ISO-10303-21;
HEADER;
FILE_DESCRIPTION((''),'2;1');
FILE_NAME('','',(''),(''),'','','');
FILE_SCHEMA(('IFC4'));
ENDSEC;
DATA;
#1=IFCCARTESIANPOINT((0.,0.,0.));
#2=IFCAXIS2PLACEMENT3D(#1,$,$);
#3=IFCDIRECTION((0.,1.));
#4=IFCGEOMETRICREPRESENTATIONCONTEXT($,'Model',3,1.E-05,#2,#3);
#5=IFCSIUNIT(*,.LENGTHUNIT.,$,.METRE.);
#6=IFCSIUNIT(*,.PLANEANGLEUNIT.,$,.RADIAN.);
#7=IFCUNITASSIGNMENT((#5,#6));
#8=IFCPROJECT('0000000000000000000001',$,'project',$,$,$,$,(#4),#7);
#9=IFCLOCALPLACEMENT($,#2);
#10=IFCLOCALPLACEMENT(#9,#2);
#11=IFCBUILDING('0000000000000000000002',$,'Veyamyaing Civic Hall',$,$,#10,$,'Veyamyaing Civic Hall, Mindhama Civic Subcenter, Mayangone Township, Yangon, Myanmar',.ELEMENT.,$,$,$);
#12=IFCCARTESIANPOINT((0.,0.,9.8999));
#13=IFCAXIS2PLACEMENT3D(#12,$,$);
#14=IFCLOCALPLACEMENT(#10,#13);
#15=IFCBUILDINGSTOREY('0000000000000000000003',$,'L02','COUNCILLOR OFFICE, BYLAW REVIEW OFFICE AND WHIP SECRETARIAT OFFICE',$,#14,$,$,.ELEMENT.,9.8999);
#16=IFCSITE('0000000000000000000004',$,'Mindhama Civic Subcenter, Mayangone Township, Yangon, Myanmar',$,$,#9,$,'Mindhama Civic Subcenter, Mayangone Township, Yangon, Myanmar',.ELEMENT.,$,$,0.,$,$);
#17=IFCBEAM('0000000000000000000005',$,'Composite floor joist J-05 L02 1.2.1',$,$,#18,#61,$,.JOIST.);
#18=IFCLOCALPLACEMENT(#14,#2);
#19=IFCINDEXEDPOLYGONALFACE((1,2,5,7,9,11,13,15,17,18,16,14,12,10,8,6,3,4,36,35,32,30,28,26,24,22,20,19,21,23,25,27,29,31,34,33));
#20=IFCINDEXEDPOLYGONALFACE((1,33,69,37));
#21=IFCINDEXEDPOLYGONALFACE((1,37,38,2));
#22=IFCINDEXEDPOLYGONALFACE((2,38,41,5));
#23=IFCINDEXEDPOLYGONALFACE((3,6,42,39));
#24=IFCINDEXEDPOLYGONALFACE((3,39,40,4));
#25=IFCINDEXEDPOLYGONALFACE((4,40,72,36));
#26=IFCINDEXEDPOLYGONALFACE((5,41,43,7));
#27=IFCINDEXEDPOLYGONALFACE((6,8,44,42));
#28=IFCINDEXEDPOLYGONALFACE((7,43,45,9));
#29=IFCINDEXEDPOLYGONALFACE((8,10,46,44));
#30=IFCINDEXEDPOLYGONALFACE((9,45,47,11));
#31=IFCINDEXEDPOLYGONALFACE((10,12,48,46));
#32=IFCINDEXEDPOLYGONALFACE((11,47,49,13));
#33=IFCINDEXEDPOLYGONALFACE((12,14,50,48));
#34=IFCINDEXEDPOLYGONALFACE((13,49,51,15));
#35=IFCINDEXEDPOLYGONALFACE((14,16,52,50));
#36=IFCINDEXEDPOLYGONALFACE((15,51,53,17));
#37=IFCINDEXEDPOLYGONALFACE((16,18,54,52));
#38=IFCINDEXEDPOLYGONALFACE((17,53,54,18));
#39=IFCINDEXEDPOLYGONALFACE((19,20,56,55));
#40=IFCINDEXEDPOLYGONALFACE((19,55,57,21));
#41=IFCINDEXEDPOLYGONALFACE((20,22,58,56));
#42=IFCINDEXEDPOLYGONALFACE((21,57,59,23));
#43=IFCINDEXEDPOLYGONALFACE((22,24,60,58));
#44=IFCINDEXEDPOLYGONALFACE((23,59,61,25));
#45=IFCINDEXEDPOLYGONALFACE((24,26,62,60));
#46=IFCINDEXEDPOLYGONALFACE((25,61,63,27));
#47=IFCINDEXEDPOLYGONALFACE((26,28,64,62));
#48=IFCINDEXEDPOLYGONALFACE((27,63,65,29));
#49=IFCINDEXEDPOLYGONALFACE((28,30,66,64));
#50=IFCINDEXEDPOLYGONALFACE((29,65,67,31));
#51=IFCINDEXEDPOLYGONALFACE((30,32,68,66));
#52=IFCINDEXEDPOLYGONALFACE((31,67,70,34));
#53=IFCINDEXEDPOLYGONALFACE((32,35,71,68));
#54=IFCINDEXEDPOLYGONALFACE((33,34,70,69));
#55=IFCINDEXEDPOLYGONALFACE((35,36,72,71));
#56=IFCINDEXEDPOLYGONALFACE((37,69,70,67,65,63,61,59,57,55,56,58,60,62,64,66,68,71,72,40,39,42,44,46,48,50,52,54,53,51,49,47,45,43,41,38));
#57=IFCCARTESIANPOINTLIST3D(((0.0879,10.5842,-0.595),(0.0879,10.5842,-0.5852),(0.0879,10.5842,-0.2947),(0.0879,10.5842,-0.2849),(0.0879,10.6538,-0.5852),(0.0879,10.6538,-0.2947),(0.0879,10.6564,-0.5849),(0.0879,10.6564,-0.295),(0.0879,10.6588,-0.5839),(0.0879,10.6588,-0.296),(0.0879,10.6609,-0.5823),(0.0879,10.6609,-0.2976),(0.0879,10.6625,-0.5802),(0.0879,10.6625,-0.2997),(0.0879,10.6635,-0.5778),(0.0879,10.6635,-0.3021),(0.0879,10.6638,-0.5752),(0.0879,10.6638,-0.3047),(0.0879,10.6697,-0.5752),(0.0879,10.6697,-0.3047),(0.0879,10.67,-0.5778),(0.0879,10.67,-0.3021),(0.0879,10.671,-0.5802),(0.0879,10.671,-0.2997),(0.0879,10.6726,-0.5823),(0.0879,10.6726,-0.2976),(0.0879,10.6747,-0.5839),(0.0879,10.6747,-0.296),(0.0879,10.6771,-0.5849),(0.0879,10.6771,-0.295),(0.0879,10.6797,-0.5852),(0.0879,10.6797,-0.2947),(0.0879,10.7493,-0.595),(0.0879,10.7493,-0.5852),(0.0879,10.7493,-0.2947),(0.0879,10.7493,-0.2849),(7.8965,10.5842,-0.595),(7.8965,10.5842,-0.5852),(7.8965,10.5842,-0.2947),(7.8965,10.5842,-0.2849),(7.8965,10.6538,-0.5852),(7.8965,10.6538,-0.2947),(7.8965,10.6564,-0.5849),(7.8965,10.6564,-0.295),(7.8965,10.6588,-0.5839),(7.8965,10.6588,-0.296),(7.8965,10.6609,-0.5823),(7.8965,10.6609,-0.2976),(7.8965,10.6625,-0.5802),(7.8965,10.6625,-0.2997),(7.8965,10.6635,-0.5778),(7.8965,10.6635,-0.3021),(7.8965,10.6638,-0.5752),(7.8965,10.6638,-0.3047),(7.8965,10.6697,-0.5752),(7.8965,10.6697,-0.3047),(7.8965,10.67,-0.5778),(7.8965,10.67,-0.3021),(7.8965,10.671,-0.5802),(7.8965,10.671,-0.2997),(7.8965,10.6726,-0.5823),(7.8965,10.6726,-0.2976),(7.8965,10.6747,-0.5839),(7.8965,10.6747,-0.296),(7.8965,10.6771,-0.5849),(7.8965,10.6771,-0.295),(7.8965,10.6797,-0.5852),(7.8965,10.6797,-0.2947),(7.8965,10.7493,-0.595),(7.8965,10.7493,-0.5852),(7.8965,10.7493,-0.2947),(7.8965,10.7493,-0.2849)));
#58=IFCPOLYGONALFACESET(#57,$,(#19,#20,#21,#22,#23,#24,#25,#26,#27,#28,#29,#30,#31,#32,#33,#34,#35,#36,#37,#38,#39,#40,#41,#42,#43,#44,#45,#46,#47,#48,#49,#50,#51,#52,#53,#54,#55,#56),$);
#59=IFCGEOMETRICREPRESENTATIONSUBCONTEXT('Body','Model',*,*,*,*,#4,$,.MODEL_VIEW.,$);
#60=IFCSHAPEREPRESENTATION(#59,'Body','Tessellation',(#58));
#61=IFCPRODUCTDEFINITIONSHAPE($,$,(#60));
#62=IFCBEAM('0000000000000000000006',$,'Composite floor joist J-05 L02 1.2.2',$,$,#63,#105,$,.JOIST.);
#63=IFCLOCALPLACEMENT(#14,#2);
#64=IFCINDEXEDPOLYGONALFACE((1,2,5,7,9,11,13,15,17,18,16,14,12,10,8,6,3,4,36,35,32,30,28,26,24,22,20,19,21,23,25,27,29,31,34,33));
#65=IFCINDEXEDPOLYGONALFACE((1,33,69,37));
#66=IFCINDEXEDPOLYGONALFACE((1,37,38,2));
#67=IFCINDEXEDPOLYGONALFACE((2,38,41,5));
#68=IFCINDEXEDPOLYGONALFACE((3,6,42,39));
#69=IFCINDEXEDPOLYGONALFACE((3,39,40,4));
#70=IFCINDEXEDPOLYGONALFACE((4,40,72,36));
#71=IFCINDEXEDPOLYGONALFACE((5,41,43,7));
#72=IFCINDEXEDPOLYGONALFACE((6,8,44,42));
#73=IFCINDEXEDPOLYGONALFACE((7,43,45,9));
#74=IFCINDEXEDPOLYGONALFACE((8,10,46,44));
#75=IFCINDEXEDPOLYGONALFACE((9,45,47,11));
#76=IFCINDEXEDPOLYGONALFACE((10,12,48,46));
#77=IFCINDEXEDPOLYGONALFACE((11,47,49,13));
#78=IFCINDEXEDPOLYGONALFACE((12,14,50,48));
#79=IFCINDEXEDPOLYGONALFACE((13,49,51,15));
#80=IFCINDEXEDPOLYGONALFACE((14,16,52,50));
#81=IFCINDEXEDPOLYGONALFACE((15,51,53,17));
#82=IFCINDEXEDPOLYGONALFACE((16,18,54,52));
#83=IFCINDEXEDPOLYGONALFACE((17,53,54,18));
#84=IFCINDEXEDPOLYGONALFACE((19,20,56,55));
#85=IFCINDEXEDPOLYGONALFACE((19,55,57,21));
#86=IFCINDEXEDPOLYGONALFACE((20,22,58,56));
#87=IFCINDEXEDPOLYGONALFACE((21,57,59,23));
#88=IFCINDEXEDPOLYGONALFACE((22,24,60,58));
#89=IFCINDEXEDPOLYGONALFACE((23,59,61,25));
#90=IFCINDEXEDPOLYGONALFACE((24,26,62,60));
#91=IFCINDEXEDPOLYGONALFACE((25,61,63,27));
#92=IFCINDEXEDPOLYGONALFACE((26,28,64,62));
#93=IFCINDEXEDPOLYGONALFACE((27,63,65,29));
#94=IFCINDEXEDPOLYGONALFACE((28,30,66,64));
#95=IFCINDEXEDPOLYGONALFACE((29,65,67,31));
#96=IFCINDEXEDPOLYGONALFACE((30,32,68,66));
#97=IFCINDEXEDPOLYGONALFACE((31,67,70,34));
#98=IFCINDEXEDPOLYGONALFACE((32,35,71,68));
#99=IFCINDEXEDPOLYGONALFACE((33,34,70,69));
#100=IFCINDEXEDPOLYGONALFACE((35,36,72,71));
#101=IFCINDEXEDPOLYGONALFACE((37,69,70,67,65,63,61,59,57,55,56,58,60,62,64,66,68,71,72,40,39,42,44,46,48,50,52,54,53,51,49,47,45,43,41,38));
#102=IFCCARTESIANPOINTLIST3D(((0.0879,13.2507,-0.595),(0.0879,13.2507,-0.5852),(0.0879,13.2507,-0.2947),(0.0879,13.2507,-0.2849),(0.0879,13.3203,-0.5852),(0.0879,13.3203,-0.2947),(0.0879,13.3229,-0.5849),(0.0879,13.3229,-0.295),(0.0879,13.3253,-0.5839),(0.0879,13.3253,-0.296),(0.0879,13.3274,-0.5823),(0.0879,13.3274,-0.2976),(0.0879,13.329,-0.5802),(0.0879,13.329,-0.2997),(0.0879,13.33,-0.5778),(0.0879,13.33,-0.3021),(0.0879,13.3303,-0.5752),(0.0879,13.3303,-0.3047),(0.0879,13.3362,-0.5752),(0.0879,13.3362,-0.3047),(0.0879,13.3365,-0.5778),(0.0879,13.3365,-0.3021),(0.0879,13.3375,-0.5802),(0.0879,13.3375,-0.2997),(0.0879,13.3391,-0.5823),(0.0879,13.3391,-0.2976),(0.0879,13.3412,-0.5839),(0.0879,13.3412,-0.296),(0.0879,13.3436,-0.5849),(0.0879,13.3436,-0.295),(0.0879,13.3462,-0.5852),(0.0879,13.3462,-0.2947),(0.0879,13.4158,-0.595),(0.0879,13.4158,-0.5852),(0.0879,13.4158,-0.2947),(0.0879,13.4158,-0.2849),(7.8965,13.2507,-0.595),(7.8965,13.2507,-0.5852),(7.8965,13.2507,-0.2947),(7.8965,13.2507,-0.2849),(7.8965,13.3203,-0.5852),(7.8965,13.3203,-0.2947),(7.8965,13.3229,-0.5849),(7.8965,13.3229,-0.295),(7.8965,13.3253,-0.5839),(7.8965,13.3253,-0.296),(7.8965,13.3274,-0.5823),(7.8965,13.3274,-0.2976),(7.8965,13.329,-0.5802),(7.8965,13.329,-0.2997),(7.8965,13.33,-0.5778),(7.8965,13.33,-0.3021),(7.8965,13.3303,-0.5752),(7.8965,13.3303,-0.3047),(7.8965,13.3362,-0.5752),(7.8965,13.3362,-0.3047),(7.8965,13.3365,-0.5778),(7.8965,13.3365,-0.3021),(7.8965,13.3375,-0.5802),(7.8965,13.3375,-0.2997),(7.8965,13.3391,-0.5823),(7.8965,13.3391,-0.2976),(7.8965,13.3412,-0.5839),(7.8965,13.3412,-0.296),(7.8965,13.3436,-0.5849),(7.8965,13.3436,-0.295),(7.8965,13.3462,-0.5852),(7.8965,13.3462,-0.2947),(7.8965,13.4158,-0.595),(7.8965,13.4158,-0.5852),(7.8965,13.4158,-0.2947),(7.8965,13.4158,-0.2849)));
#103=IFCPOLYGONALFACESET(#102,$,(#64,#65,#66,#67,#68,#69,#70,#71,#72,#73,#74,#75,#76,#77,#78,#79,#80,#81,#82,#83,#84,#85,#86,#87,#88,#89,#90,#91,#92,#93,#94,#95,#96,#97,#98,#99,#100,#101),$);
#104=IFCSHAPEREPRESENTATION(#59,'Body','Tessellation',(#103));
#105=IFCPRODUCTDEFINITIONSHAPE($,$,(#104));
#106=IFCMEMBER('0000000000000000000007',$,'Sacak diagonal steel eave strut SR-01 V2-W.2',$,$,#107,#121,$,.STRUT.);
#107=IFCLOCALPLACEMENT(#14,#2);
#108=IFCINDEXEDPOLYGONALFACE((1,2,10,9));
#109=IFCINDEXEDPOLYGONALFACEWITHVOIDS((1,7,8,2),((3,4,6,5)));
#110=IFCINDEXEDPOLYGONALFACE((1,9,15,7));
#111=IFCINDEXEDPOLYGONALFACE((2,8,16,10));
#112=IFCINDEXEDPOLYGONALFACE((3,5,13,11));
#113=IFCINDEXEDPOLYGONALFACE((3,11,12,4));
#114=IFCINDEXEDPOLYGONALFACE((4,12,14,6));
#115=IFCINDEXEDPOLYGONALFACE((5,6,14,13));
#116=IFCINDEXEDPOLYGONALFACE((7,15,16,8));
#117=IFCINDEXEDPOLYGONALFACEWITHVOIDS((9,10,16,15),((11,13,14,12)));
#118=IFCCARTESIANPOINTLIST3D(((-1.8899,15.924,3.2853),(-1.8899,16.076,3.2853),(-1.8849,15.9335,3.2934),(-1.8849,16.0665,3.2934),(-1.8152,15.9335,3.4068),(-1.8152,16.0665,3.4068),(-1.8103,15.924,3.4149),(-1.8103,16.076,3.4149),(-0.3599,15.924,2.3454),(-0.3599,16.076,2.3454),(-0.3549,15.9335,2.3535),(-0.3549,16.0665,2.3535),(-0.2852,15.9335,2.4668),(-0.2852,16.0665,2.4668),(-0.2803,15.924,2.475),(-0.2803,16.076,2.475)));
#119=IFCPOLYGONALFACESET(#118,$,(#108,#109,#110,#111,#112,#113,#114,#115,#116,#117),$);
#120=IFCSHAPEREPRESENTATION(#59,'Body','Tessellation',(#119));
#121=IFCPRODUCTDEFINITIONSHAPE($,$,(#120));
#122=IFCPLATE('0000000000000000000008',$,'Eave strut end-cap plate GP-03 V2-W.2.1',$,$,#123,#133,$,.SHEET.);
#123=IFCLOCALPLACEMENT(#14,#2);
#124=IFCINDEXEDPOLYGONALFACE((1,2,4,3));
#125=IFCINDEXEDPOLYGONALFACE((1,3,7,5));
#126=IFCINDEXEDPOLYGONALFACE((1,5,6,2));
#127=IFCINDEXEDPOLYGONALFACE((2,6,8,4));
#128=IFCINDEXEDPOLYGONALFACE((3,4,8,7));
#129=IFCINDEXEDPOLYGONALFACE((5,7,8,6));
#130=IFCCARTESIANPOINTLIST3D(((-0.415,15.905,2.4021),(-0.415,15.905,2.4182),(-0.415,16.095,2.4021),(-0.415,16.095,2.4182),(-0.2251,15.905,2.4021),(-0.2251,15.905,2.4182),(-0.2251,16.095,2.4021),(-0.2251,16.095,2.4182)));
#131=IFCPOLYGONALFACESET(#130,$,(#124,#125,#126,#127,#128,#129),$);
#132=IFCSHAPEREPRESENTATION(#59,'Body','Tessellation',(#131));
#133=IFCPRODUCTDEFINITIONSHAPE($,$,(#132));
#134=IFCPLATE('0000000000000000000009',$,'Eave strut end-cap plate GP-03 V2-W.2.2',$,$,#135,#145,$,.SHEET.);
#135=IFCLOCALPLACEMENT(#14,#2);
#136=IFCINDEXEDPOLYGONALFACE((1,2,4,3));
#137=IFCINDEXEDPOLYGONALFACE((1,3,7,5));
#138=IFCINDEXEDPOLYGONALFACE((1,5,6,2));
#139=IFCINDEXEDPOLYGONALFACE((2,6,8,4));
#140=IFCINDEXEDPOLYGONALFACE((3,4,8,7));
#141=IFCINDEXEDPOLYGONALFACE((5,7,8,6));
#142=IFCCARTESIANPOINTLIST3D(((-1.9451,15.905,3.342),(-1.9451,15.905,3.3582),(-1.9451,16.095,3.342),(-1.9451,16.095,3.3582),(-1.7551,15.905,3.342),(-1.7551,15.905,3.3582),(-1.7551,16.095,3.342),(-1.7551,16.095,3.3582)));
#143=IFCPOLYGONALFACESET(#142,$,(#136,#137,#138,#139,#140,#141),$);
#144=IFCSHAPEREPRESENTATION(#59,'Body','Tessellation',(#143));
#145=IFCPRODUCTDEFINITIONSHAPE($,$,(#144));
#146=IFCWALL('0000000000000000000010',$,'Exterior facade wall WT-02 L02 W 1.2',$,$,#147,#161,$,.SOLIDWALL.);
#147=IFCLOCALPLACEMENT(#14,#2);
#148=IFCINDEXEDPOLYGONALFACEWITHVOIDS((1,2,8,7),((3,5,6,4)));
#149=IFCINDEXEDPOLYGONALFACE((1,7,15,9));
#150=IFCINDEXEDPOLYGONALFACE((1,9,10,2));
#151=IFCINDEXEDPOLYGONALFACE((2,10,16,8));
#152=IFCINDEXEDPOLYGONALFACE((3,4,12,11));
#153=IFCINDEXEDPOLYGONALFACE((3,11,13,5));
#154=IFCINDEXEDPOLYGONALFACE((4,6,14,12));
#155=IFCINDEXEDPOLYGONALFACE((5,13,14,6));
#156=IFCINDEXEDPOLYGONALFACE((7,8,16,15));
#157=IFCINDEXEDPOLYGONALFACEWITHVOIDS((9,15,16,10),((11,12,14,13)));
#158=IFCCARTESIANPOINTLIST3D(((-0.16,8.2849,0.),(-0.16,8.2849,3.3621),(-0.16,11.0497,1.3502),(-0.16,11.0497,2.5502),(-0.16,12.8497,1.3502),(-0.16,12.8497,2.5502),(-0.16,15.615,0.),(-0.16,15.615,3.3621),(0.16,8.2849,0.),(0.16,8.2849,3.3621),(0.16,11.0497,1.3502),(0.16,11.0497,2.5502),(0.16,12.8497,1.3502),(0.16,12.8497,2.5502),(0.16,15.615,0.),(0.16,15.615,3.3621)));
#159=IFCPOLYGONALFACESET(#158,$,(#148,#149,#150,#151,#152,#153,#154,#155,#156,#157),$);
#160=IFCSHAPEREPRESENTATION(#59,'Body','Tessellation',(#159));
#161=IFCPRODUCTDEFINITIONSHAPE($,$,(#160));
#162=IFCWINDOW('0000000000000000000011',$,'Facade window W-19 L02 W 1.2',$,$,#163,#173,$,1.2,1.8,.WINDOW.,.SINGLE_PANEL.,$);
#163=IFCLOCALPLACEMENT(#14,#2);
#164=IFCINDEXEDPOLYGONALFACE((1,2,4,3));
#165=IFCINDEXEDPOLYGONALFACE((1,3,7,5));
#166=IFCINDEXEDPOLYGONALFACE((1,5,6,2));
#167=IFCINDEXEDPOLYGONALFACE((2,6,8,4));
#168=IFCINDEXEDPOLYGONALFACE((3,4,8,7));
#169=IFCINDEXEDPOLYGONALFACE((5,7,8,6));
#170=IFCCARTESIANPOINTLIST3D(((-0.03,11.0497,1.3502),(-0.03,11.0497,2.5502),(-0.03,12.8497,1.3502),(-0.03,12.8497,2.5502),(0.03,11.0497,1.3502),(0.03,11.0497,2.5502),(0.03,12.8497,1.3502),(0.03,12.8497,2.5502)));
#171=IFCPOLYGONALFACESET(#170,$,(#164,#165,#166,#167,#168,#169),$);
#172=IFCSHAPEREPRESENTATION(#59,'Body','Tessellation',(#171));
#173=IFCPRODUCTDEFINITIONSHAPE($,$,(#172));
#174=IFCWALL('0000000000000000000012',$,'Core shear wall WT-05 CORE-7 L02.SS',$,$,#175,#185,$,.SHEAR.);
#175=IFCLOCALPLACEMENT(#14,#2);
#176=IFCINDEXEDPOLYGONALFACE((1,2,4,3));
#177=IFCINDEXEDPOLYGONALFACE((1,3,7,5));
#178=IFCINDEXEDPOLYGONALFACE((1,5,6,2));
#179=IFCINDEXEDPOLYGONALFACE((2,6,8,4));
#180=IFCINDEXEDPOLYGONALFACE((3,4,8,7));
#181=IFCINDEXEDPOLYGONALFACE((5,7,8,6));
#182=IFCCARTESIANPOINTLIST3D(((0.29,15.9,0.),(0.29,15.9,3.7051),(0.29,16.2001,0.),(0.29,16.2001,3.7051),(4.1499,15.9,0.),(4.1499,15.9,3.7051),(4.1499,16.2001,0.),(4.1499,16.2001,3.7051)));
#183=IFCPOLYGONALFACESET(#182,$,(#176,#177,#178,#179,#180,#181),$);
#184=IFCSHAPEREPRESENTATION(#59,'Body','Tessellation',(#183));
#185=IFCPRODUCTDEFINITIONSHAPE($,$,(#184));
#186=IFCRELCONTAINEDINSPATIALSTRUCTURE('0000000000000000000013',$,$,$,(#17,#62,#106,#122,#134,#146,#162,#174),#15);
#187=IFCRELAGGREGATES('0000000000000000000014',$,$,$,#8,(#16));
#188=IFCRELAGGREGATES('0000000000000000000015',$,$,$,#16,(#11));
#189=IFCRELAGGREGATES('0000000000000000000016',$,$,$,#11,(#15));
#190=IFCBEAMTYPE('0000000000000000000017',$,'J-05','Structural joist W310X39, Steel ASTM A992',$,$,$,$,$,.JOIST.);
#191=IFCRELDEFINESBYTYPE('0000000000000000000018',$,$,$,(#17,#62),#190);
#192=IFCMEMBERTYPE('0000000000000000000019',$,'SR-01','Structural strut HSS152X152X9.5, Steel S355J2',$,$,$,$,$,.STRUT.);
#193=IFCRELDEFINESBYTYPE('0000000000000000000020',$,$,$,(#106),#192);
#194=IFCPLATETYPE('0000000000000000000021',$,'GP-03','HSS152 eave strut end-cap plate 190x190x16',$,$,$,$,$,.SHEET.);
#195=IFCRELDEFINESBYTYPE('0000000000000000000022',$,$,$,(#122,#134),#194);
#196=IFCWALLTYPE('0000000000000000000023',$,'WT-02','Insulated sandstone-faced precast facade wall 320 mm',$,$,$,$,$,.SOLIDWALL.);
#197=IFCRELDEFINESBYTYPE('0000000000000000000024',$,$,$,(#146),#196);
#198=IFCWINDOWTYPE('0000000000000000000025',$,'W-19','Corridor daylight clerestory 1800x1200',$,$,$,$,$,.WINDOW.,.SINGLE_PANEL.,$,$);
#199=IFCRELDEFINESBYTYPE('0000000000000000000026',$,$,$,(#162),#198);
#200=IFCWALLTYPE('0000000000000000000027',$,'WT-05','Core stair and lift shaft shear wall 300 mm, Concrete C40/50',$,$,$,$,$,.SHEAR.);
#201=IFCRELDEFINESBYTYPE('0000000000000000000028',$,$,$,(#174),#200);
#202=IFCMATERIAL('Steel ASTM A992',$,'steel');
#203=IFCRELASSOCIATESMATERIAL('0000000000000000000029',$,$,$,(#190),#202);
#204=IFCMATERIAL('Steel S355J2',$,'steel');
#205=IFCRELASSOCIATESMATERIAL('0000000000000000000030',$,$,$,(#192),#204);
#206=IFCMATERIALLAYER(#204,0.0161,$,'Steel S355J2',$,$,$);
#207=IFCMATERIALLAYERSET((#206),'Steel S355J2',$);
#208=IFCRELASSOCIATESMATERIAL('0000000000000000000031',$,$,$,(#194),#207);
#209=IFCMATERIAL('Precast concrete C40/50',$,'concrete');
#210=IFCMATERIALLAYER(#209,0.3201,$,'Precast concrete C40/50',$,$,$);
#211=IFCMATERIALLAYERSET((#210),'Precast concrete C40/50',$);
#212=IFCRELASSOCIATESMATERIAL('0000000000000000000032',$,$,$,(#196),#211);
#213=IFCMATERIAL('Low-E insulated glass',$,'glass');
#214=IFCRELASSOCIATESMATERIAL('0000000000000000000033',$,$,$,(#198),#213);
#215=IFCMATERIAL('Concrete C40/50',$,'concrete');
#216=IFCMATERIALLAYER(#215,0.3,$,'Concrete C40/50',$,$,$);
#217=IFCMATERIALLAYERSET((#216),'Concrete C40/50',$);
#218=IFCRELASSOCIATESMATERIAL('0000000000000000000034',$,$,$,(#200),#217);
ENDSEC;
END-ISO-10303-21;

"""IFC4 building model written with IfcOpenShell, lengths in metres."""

from ifc_helpers import new_model, si_unit, direction, frame, frame_2d, origin, origin_2d, place, context, subcontext, project, spatial, rectangle, hollow_rectangle, i_section, extrude, material, layer, layer_set, material_profile, profile_set, type_object, element, fill, save


model = new_model("IFC4")

# Units and contexts
model_context = context("Model", 3, precision=1e-05, world=origin(), true_north=direction((0.0, 1.0)))
body_context = subcontext(model_context, "Body", "Model", "MODEL_VIEW")
ifc_project = project(units=[si_unit("LENGTHUNIT", "METRE"), si_unit("PLANEANGLEUNIT", "RADIAN")], contexts=[model_context])

# Site, building, storey
site_placement = place(None, origin())
site = spatial("IfcSite", under=ifc_project, at=site_placement, Name="Mindhama Civic Subcenter, Mayangone Township, Yangon, Myanmar", LongName="Mindhama Civic Subcenter, Mayangone Township, Yangon, Myanmar", CompositionType="ELEMENT", RefElevation=0.0)
building_placement = place(site_placement, origin())
building = spatial("IfcBuilding", under=site, at=building_placement, Name="Veyamyaing Civic Hall", LongName="Veyamyaing Civic Hall, Mindhama Civic Subcenter, Mayangone Township, Yangon, Myanmar", CompositionType="ELEMENT")
storey_placement = place(building_placement, frame((0.0, 0.0, 9.8999)))
storey = spatial("IfcBuildingStorey", under=building, at=storey_placement, Name="L02", Description="COUNCILLOR OFFICE, BYLAW REVIEW OFFICE AND WHIP SECRETARIAT OFFICE", CompositionType="ELEMENT", Elevation=9.8999)

# Beams
ifc_material_1 = material(Name="Steel ASTM A992", Category="steel")
ifc_material_profile_1 = material_profile(ifc_material_1, i_section(OverallWidth=0.165, OverallDepth=0.3101, WebThickness=0.0059, FlangeThickness=0.0098, FilletRadius=0.01, at=origin_2d()), Name="W310X39")
ifc_profile_set_1 = profile_set([ifc_material_profile_1], Name="Steel ASTM A992")
beam_type_1 = type_object("IfcBeamType", Name="J-05", Description="Structural joist W310X39, Steel ASTM A992", PredefinedType="JOIST", material=ifc_profile_set_1)
for number, where, z_axis, x_axis, name in (
    (1, (0.0879, 10.6667, -0.4399), (1.0, 0.0, 0.0), (0.0, 1.0, 0.0), "Composite floor joist J-05 L02 1.2.1"),
    (2, (0.0879, 13.3333, -0.4399), (1.0, 0.0, 0.0), (0.0, 1.0, 0.0), "Composite floor joist J-05 L02 1.2.2"),
):
    element("IfcBeam", number, at=place(storey_placement, frame(where, z_axis=z_axis, x_axis=x_axis)), inside=storey, type_object=beam_type_1, Name=name, PredefinedType="JOIST", context=body_context, shape_type="SweptSolid", body=[
        extrude(i_section(OverallWidth=0.165, OverallDepth=0.3101, WebThickness=0.0059, FlangeThickness=0.0098, FilletRadius=0.01, at=origin_2d()), origin(), (0.0, 0.0, 1.0), 7.8086),
    ])

# Member
ifc_material_2 = material(Name="Steel S355J2", Category="steel")
ifc_material_profile_2 = material_profile(ifc_material_2, hollow_rectangle(XDim=0.1521, YDim=0.1521, WallThickness=0.0095, at=origin_2d()), Name="HSS152X152X9.5")
ifc_profile_set_2 = profile_set([ifc_material_profile_2], Name="Steel S355J2")
member_type = type_object("IfcMemberType", Name="SR-01", Description="Structural strut HSS152X152X9.5, Steel S355J2", PredefinedType="STRUT", material=ifc_profile_set_2)
member_placement = place(storey_placement, frame((-0.3201, 16.0, 2.4102), z_axis=(-0.85206, 0.0, 0.523445), x_axis=(0.0, -1.0, 0.0)))
element("IfcMember", 3, at=member_placement, inside=storey, type_object=member_type, Name="Sacak diagonal steel eave strut SR-01 V2-W.2", PredefinedType="STRUT", context=body_context, shape_type="SweptSolid", body=[
    extrude(hollow_rectangle(XDim=0.1521, YDim=0.1521, WallThickness=0.0095, at=origin_2d()), origin(), (0.0, 0.0, 1.0), 1.7957),
])

# Plates
ifc_layer_1 = layer(ifc_material_2, 0.0161, Name="Steel S355J2")
ifc_layer_set_1 = layer_set([ifc_layer_1], Name="Steel S355J2")
plate_type = type_object("IfcPlateType", Name="GP-03", Description="HSS152 eave strut end-cap plate 190x190x16", PredefinedType="SHEET", material=ifc_layer_set_1)
for number, where, z_axis, x_axis, name in (
    (4, (-0.3201, 16.0, 2.4021), (0.0, 0.0, 1.0), (1.0, 0.0, 0.0), "Eave strut end-cap plate GP-03 V2-W.2.1"),
    (5, (-1.8501, 16.0, 3.342), (0.0, 0.0, 1.0), (1.0, 0.0, 0.0), "Eave strut end-cap plate GP-03 V2-W.2.2"),
):
    element("IfcPlate", number, at=place(storey_placement, frame(where, z_axis=z_axis, x_axis=x_axis)), inside=storey, type_object=plate_type, Name=name, PredefinedType="SHEET", context=body_context, shape_type="SweptSolid", body=[
        extrude(rectangle(XDim=0.1899, YDim=0.1899, at=origin_2d()), origin(), (0.0, 0.0, 1.0), 0.0161),
    ])

# Wall, opening, window
ifc_material_3 = material(Name="Precast concrete C40/50", Category="concrete")
ifc_layer_2 = layer(ifc_material_3, 0.3201, Name="Precast concrete C40/50")
ifc_layer_set_2 = layer_set([ifc_layer_2], Name="Precast concrete C40/50")
wall_type_1 = type_object("IfcWallType", Name="WT-02", Description="Insulated sandstone-faced precast facade wall 320 mm", PredefinedType="SOLIDWALL", material=ifc_layer_set_2)
wall_1_placement = place(storey_placement, frame((0.0, 8.2849, 0.0), z_axis=(0.0, 0.0, 1.0), x_axis=(0.0, 1.0, 0.0)))
wall_1 = element("IfcWall", 6, at=wall_1_placement, inside=storey, type_object=wall_type_1, Name="Exterior facade wall WT-02 L02 W 1.2", PredefinedType="SOLIDWALL", context=body_context, shape_type="SweptSolid", body=[
    extrude(rectangle(XDim=7.3301, YDim=0.3201, at=frame_2d((3.665, 0.0))), origin(), (0.0, 0.0, 1.0), 3.3621),
])
opening_1_placement = place(wall_1_placement, frame((2.7649, 0.0, 1.3501)))
opening_1 = element("IfcOpeningElement", 7, at=opening_1_placement, cuts=wall_1, PredefinedType="OPENING", context=body_context, shape_type="SweptSolid", body=[
    extrude(rectangle(XDim=1.8, YDim=1.2, at=frame_2d((0.8999, 0.6001))), frame((0.0, 0.1699, 0.0), z_axis=(0.0, -1.0, 0.0), x_axis=(1.0, 0.0, 0.0)), (0.0, 0.0, 1.0), 0.3401),
])
ifc_material_4 = material(Name="Low-E insulated glass", Category="glass")
window_type = type_object("IfcWindowType", Name="W-19", Description="Corridor daylight clerestory 1800x1200", PartitioningType="SINGLE_PANEL", PredefinedType="WINDOW", material=ifc_material_4)
window_placement = place(opening_1_placement, origin())
window = element("IfcWindow", 8, at=window_placement, inside=storey, type_object=window_type, Name="Facade window W-19 L02 W 1.2", OverallHeight=1.2, OverallWidth=1.8, PartitioningType="SINGLE_PANEL", PredefinedType="WINDOW", context=body_context, shape_type="SweptSolid", body=[
    extrude(rectangle(XDim=1.8, YDim=1.2, at=frame_2d((0.8999, 0.6001))), frame((0.0, 0.03, 0.0), z_axis=(0.0, -1.0, 0.0), x_axis=(1.0, 0.0, 0.0)), (0.0, 0.0, 1.0), 0.0601),
])
fill(opening_1, window)

# Wall
ifc_material_5 = material(Name="Concrete C40/50", Category="concrete")
ifc_layer_3 = layer(ifc_material_5, 0.3, Name="Concrete C40/50")
ifc_layer_set_3 = layer_set([ifc_layer_3], Name="Concrete C40/50")
wall_type_2 = type_object("IfcWallType", Name="WT-05", Description="Core stair and lift shaft shear wall 300 mm, Concrete C40/50", PredefinedType="SHEAR", material=ifc_layer_set_3)
wall_2_placement = place(storey_placement, frame((0.29, 16.05, 0.0), z_axis=(0.0, 0.0, 1.0), x_axis=(1.0, 0.0, 0.0)))
element("IfcWall", 9, at=wall_2_placement, inside=storey, type_object=wall_type_2, Name="Core shear wall WT-05 CORE-7 L02.SS", PredefinedType="SHEAR", context=body_context, shape_type="SweptSolid", body=[
    extrude(rectangle(XDim=3.8599, YDim=0.3, at=frame_2d((1.9299, 0.0))), origin(), (0.0, 0.0, 1.0), 3.7051),
])

save(model, "model.ifc")
